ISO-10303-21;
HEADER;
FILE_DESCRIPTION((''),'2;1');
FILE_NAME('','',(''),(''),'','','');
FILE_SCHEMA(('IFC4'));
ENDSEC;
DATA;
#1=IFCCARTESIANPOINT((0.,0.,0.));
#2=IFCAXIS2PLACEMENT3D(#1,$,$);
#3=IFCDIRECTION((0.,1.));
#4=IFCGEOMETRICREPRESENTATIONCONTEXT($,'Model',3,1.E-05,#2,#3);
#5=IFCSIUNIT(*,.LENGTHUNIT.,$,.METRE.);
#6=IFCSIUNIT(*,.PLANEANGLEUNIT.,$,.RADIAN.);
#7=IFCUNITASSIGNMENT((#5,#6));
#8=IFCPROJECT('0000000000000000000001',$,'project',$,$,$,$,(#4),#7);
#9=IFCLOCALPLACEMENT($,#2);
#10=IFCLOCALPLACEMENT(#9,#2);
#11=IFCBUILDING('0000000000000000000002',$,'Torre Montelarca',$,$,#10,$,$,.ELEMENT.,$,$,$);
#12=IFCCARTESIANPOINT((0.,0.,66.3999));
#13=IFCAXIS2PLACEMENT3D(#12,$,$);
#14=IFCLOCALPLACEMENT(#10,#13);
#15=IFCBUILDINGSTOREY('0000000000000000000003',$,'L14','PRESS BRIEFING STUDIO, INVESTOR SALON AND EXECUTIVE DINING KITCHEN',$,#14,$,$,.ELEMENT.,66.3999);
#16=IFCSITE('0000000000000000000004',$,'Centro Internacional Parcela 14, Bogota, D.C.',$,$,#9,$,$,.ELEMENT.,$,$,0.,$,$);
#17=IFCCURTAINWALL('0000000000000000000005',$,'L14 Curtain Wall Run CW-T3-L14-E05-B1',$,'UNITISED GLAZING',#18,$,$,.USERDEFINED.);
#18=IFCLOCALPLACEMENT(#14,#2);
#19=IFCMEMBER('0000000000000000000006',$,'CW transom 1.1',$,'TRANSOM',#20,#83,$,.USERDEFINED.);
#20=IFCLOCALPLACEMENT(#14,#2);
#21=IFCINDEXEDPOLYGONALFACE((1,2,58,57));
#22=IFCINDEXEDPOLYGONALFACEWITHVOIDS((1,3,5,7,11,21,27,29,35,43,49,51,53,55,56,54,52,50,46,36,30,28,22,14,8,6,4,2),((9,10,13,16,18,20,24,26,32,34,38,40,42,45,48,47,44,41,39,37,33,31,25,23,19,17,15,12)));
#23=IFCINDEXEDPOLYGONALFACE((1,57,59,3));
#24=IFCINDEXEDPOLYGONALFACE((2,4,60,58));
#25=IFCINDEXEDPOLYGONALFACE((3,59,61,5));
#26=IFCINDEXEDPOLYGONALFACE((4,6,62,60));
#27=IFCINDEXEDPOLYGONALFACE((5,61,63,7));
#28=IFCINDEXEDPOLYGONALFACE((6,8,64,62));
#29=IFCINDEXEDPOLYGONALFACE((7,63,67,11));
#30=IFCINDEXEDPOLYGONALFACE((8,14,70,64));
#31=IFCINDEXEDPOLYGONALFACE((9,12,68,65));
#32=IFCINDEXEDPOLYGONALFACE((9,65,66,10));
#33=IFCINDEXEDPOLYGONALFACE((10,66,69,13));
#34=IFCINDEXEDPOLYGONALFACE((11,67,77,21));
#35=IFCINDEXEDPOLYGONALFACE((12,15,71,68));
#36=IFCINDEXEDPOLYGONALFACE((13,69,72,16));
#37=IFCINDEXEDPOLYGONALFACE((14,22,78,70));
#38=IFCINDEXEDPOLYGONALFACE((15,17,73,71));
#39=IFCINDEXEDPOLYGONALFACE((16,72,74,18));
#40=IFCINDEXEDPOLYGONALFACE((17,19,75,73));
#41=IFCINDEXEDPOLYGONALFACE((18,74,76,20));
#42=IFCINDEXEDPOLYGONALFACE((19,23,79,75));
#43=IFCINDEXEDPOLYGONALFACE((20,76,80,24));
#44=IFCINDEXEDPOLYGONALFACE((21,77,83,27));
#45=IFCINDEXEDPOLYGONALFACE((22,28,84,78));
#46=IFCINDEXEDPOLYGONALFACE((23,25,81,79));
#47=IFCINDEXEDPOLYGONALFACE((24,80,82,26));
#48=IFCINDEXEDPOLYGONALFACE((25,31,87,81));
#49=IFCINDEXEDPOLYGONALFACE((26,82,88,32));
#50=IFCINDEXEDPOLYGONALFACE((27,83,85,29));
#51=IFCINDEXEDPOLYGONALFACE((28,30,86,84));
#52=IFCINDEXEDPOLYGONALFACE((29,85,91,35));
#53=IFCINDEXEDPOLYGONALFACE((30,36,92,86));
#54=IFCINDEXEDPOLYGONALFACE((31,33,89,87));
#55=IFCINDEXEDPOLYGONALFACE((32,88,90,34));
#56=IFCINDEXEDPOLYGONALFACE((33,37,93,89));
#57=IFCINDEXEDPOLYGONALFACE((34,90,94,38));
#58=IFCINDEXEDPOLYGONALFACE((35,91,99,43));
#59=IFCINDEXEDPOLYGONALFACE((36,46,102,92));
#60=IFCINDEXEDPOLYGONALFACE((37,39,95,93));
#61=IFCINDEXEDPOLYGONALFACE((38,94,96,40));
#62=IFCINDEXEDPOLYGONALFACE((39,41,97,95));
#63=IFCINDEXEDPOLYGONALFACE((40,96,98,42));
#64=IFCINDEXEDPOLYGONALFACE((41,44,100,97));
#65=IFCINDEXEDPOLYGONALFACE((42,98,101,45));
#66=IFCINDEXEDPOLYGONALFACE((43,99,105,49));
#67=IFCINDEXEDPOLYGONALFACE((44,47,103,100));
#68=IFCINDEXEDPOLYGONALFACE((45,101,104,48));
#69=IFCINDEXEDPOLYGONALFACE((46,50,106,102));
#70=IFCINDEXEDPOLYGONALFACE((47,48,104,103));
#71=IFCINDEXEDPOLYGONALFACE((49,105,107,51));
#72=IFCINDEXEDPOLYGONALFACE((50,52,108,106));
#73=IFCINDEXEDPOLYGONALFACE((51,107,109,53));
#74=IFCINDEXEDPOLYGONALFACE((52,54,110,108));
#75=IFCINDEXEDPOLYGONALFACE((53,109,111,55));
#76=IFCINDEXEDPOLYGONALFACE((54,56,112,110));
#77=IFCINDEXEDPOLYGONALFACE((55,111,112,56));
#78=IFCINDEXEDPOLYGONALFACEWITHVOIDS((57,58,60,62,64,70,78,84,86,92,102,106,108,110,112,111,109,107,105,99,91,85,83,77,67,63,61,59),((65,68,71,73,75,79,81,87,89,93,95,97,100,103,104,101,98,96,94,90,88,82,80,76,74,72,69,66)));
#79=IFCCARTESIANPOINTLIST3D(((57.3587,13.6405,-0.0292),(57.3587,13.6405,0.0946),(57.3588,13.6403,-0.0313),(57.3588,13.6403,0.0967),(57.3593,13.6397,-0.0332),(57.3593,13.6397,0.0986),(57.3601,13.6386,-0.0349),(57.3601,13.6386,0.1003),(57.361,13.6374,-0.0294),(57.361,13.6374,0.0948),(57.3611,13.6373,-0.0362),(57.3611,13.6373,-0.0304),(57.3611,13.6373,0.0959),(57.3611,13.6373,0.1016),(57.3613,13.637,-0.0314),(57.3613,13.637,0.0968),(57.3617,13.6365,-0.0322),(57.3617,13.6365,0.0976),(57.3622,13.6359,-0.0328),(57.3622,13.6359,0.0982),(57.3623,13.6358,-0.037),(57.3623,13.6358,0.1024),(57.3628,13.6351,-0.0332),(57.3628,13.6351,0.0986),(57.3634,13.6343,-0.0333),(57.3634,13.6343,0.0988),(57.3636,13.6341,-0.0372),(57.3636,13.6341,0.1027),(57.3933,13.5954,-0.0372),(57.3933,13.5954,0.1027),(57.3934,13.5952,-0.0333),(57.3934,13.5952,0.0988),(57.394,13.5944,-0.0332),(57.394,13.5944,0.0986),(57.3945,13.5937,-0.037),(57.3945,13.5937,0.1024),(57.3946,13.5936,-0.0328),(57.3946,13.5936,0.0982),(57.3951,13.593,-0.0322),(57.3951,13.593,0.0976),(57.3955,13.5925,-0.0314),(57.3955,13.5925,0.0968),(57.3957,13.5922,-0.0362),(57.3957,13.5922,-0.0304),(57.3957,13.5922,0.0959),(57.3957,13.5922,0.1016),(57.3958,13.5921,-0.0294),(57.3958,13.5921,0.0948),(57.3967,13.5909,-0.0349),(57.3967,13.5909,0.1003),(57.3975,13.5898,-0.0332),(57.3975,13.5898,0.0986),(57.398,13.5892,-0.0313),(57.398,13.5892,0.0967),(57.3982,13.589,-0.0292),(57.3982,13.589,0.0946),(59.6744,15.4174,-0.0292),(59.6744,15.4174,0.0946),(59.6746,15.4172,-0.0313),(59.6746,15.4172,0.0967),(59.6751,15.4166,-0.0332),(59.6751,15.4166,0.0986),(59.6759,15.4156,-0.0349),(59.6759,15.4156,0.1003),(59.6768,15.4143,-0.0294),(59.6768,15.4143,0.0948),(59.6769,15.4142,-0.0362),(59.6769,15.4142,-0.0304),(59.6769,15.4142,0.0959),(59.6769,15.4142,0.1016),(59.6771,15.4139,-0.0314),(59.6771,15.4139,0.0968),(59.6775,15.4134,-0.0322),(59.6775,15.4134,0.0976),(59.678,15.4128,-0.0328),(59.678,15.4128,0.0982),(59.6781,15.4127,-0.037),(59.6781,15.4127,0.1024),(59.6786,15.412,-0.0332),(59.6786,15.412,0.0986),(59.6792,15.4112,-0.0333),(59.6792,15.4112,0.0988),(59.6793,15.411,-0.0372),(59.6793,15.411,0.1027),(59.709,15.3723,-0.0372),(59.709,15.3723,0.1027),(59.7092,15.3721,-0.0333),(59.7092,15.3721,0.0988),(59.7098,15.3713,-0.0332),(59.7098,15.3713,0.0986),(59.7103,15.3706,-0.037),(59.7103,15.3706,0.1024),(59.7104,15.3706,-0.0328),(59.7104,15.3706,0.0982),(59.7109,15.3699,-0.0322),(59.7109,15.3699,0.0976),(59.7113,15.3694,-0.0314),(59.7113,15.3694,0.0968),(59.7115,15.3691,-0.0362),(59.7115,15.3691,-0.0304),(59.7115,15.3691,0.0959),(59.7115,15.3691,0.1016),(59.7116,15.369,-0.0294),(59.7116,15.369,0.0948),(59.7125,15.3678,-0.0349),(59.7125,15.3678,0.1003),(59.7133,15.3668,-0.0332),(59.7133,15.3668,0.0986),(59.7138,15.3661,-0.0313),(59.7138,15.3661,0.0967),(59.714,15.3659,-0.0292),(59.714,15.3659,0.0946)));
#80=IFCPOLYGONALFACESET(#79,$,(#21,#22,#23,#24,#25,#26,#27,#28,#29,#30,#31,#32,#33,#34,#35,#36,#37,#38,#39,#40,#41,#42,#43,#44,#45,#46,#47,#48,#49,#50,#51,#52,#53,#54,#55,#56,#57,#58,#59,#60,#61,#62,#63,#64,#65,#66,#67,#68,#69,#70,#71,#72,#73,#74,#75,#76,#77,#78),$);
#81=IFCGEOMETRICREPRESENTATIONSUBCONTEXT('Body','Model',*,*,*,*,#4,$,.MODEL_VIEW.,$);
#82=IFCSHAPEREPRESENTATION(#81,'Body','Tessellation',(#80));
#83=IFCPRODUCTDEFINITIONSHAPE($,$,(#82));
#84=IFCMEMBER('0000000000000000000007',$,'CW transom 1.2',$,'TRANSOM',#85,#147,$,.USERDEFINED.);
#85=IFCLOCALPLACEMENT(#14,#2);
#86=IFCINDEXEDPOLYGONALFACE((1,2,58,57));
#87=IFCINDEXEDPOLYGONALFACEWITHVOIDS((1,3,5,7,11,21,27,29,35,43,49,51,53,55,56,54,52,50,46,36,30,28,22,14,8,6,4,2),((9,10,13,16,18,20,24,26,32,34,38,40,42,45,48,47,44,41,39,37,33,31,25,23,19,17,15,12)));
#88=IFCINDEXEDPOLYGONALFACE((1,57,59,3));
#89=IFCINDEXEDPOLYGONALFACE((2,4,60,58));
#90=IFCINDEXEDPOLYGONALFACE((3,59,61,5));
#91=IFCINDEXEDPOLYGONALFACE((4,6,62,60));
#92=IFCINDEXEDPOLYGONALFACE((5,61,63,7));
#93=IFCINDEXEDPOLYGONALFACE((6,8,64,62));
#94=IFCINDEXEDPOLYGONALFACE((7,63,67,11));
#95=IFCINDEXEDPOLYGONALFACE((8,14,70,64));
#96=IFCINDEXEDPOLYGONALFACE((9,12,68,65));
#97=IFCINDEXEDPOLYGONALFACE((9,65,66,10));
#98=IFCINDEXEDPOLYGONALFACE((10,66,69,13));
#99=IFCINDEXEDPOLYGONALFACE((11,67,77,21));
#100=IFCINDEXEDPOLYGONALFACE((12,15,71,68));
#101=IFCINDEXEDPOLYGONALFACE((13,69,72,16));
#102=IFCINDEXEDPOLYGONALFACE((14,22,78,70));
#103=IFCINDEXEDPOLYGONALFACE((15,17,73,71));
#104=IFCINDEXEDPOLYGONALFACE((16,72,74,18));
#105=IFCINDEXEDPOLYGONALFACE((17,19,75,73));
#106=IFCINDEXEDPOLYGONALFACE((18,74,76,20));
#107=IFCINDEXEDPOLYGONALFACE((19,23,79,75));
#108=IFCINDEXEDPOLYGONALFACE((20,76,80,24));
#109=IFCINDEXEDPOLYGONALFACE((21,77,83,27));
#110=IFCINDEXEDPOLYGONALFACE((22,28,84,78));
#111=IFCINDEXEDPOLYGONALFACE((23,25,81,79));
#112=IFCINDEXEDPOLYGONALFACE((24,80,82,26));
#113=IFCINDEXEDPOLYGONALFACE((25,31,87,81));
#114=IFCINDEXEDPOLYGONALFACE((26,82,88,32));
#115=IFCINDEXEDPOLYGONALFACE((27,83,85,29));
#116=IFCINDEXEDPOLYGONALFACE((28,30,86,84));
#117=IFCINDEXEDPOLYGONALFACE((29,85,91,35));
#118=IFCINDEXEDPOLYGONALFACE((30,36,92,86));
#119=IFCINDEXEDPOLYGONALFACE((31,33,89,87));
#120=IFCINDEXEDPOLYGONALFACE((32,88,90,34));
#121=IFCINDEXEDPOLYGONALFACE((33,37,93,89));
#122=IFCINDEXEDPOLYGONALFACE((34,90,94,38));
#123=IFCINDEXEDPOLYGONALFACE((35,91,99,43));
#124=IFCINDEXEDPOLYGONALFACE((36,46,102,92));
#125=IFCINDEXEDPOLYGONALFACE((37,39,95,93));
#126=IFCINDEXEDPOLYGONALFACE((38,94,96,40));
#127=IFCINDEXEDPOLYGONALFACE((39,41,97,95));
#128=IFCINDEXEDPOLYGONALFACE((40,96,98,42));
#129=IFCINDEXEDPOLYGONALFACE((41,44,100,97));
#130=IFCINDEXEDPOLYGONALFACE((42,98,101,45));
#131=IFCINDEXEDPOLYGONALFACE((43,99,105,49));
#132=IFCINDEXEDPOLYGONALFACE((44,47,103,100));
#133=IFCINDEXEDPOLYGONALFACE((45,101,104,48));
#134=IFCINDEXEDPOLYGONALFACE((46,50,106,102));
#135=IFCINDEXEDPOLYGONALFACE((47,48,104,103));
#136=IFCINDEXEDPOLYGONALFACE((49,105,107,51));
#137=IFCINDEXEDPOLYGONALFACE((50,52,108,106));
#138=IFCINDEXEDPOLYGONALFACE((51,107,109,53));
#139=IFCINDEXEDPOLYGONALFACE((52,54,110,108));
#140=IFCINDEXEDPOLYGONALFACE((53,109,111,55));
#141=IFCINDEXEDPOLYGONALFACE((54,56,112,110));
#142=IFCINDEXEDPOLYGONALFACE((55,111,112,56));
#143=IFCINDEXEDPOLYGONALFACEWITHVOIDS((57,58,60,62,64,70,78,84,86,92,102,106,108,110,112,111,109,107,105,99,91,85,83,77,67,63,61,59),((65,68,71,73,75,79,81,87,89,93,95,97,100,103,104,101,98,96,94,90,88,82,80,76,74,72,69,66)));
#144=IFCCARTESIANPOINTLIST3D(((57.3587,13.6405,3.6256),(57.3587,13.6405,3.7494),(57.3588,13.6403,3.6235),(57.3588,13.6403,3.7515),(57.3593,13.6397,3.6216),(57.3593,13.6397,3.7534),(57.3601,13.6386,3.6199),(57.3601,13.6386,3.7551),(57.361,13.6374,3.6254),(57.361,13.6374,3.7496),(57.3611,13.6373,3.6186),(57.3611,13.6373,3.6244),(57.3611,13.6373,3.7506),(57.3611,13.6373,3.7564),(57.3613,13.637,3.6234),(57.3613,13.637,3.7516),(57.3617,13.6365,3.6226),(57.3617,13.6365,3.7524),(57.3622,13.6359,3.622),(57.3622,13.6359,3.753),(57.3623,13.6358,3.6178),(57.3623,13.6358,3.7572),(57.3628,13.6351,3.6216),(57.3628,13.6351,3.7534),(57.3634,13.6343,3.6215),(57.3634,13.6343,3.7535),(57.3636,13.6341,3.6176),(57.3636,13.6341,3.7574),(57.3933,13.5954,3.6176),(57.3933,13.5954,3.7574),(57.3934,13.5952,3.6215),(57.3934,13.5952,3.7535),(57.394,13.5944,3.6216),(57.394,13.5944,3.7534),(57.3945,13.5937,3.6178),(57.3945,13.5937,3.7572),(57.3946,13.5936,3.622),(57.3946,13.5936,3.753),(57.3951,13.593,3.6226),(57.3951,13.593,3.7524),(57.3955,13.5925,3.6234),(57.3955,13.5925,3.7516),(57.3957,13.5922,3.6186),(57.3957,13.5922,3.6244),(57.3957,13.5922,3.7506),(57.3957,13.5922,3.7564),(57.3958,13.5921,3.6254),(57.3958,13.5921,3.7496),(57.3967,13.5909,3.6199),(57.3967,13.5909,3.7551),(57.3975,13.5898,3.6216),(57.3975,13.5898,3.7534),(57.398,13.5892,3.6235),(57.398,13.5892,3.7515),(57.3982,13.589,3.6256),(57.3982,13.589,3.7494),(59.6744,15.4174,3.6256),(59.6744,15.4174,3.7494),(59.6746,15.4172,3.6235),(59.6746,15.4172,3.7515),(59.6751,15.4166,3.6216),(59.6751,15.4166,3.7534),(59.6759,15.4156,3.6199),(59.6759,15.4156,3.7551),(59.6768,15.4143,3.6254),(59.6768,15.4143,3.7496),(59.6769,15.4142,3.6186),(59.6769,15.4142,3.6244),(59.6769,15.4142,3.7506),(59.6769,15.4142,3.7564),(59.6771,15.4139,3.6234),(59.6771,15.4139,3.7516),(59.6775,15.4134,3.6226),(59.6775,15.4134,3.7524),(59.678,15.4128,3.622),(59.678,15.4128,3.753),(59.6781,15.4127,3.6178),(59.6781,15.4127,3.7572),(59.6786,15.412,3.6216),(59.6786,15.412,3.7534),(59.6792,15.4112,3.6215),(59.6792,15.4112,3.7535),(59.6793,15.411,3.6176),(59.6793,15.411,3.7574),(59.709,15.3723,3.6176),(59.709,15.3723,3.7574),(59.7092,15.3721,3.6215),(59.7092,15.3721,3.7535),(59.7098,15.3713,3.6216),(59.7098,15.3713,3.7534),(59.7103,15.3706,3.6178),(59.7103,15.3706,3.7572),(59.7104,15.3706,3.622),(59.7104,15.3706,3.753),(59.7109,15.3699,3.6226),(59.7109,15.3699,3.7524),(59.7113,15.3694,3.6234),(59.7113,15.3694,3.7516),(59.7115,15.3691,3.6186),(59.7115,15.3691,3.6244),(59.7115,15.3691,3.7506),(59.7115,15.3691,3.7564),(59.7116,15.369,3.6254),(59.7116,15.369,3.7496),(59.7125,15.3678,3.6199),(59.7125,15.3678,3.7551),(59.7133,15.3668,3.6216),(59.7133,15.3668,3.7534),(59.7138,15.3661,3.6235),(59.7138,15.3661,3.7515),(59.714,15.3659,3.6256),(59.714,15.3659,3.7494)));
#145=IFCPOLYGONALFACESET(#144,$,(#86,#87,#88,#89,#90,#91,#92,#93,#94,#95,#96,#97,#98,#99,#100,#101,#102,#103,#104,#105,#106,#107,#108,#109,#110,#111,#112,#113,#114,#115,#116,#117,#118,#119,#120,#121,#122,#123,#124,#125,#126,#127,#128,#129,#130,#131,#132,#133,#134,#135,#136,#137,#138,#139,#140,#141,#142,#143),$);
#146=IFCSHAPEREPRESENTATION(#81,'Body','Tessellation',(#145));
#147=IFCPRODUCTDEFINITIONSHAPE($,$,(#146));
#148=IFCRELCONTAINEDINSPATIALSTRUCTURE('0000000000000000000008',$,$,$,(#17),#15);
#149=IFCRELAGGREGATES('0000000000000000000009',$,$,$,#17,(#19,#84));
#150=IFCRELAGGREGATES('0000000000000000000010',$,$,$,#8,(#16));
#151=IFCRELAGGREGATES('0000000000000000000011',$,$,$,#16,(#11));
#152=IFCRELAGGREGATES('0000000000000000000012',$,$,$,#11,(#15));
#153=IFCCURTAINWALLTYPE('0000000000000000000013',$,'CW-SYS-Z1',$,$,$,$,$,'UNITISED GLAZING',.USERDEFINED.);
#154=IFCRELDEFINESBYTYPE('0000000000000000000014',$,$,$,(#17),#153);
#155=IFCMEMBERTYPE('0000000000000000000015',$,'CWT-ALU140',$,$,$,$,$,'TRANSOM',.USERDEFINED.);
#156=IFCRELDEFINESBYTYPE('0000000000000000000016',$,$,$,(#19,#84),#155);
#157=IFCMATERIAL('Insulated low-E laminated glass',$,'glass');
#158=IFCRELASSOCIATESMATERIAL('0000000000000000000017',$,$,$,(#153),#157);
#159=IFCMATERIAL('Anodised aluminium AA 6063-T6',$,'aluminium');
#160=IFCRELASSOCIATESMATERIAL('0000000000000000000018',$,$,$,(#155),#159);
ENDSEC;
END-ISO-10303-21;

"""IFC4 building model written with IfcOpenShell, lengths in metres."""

from ifc_helpers import new_model, si_unit, direction, frame, origin, origin_2d, place, context, subcontext, project, spatial, hollow_rectangle, extrude, source, transform, mapped, material, material_profile, profile_set, type_object, element, aggregate, save


model = new_model("IFC4")

# Units and contexts
model_context = context("Model", 3, precision=1e-05, world=origin(), true_north=direction((0.0, 1.0)))
body_context = subcontext(model_context, "Body", "Model", "MODEL_VIEW")
ifc_project = project(units=[si_unit("LENGTHUNIT", "METRE"), si_unit("PLANEANGLEUNIT", "RADIAN")], contexts=[model_context])

# Site, building, storey
site_placement = place(None, origin())
site = spatial("IfcSite", under=ifc_project, at=site_placement, Name="Centro Internacional Parcela 14, Bogota, D.C.", CompositionType="ELEMENT", RefElevation=0.0)
building_placement = place(site_placement, origin())
building = spatial("IfcBuilding", under=site, at=building_placement, Name="Torre Montelarca", CompositionType="ELEMENT")
storey_placement = place(building_placement, frame((0.0, 0.0, 66.3999)))
storey = spatial("IfcBuildingStorey", under=building, at=storey_placement, Name="L14", Description="PRESS BRIEFING STUDIO, INVESTOR SALON AND EXECUTIVE DINING KITCHEN", CompositionType="ELEMENT", Elevation=66.3999)

# Curtain wall, members
ifc_material_1 = material(Name="Insulated low-E laminated glass", Category="glass")
curtain_wall_type = type_object("IfcCurtainWallType", Name="CW-SYS-Z1", ElementType="UNITISED GLAZING", PredefinedType="USERDEFINED", material=ifc_material_1)
ifc_material_2 = material(Name="Anodised aluminium AA 6063-T6", Category="aluminium")
ifc_material_profile_1 = material_profile(ifc_material_2, hollow_rectangle(XDim=0.0649, YDim=0.1399, WallThickness=0.0039, InnerFilletRadius=0.0039, OuterFilletRadius=0.0081, at=origin_2d()), Name="ALU65X140X4", Category="aluminium")
ifc_profile_set_1 = profile_set([ifc_material_profile_1], Name="Anodised aluminium AA 6063-T6")
member_type_1 = type_object("IfcMemberType", Name="CWT-ALU140", ElementType="TRANSOM", PredefinedType="USERDEFINED", material=ifc_profile_set_1)
curtain_wall_1_placement = place(storey_placement, origin())
curtain_wall_1 = element("IfcCurtainWall", 1, at=curtain_wall_1_placement, inside=storey, type_object=curtain_wall_type, Name="L14 Curtain Wall Run CW-T3-L14-E05-B1", ObjectType="UNITISED GLAZING", PredefinedType="USERDEFINED")
shared_shape_1 = source(origin(), body_context, "Body", "SweptSolid", [
    extrude(hollow_rectangle(XDim=0.0649, YDim=0.1399, WallThickness=0.0039, InnerFilletRadius=0.0039, OuterFilletRadius=0.0081, at=origin_2d()), origin(), (0.0, 0.0, 1.0), 2.9189),
])
member_1_placement = place(storey_placement, frame((57.3784, 13.6147, 0.0327), z_axis=(0.793357, 0.608756, 0.0), x_axis=(-0.608756, 0.793357, 0.0)))
member_1 = element("IfcMember", 2, at=member_1_placement, type_object=member_type_1, Name="CW transom 1.1", ObjectType="TRANSOM", PredefinedType="USERDEFINED", context=body_context, shape_type="MappedRepresentation", body=[
    mapped(shared_shape_1, transform((0.0, 0.0, 0.0), scale=1.0)),
])
member_2_placement = place(storey_placement, frame((57.3784, 13.6147, 3.6875), z_axis=(0.793357, 0.608756, 0.0), x_axis=(-0.608756, 0.793357, 0.0)))
member_2 = element("IfcMember", 3, at=member_2_placement, type_object=member_type_1, Name="CW transom 1.2", ObjectType="TRANSOM", PredefinedType="USERDEFINED", context=body_context, shape_type="MappedRepresentation", body=[
    mapped(shared_shape_1, transform((0.0, 0.0, 0.0), scale=1.0)),
])

aggregate(curtain_wall_1, [member_1, member_2])

save(model, "model.ifc")
